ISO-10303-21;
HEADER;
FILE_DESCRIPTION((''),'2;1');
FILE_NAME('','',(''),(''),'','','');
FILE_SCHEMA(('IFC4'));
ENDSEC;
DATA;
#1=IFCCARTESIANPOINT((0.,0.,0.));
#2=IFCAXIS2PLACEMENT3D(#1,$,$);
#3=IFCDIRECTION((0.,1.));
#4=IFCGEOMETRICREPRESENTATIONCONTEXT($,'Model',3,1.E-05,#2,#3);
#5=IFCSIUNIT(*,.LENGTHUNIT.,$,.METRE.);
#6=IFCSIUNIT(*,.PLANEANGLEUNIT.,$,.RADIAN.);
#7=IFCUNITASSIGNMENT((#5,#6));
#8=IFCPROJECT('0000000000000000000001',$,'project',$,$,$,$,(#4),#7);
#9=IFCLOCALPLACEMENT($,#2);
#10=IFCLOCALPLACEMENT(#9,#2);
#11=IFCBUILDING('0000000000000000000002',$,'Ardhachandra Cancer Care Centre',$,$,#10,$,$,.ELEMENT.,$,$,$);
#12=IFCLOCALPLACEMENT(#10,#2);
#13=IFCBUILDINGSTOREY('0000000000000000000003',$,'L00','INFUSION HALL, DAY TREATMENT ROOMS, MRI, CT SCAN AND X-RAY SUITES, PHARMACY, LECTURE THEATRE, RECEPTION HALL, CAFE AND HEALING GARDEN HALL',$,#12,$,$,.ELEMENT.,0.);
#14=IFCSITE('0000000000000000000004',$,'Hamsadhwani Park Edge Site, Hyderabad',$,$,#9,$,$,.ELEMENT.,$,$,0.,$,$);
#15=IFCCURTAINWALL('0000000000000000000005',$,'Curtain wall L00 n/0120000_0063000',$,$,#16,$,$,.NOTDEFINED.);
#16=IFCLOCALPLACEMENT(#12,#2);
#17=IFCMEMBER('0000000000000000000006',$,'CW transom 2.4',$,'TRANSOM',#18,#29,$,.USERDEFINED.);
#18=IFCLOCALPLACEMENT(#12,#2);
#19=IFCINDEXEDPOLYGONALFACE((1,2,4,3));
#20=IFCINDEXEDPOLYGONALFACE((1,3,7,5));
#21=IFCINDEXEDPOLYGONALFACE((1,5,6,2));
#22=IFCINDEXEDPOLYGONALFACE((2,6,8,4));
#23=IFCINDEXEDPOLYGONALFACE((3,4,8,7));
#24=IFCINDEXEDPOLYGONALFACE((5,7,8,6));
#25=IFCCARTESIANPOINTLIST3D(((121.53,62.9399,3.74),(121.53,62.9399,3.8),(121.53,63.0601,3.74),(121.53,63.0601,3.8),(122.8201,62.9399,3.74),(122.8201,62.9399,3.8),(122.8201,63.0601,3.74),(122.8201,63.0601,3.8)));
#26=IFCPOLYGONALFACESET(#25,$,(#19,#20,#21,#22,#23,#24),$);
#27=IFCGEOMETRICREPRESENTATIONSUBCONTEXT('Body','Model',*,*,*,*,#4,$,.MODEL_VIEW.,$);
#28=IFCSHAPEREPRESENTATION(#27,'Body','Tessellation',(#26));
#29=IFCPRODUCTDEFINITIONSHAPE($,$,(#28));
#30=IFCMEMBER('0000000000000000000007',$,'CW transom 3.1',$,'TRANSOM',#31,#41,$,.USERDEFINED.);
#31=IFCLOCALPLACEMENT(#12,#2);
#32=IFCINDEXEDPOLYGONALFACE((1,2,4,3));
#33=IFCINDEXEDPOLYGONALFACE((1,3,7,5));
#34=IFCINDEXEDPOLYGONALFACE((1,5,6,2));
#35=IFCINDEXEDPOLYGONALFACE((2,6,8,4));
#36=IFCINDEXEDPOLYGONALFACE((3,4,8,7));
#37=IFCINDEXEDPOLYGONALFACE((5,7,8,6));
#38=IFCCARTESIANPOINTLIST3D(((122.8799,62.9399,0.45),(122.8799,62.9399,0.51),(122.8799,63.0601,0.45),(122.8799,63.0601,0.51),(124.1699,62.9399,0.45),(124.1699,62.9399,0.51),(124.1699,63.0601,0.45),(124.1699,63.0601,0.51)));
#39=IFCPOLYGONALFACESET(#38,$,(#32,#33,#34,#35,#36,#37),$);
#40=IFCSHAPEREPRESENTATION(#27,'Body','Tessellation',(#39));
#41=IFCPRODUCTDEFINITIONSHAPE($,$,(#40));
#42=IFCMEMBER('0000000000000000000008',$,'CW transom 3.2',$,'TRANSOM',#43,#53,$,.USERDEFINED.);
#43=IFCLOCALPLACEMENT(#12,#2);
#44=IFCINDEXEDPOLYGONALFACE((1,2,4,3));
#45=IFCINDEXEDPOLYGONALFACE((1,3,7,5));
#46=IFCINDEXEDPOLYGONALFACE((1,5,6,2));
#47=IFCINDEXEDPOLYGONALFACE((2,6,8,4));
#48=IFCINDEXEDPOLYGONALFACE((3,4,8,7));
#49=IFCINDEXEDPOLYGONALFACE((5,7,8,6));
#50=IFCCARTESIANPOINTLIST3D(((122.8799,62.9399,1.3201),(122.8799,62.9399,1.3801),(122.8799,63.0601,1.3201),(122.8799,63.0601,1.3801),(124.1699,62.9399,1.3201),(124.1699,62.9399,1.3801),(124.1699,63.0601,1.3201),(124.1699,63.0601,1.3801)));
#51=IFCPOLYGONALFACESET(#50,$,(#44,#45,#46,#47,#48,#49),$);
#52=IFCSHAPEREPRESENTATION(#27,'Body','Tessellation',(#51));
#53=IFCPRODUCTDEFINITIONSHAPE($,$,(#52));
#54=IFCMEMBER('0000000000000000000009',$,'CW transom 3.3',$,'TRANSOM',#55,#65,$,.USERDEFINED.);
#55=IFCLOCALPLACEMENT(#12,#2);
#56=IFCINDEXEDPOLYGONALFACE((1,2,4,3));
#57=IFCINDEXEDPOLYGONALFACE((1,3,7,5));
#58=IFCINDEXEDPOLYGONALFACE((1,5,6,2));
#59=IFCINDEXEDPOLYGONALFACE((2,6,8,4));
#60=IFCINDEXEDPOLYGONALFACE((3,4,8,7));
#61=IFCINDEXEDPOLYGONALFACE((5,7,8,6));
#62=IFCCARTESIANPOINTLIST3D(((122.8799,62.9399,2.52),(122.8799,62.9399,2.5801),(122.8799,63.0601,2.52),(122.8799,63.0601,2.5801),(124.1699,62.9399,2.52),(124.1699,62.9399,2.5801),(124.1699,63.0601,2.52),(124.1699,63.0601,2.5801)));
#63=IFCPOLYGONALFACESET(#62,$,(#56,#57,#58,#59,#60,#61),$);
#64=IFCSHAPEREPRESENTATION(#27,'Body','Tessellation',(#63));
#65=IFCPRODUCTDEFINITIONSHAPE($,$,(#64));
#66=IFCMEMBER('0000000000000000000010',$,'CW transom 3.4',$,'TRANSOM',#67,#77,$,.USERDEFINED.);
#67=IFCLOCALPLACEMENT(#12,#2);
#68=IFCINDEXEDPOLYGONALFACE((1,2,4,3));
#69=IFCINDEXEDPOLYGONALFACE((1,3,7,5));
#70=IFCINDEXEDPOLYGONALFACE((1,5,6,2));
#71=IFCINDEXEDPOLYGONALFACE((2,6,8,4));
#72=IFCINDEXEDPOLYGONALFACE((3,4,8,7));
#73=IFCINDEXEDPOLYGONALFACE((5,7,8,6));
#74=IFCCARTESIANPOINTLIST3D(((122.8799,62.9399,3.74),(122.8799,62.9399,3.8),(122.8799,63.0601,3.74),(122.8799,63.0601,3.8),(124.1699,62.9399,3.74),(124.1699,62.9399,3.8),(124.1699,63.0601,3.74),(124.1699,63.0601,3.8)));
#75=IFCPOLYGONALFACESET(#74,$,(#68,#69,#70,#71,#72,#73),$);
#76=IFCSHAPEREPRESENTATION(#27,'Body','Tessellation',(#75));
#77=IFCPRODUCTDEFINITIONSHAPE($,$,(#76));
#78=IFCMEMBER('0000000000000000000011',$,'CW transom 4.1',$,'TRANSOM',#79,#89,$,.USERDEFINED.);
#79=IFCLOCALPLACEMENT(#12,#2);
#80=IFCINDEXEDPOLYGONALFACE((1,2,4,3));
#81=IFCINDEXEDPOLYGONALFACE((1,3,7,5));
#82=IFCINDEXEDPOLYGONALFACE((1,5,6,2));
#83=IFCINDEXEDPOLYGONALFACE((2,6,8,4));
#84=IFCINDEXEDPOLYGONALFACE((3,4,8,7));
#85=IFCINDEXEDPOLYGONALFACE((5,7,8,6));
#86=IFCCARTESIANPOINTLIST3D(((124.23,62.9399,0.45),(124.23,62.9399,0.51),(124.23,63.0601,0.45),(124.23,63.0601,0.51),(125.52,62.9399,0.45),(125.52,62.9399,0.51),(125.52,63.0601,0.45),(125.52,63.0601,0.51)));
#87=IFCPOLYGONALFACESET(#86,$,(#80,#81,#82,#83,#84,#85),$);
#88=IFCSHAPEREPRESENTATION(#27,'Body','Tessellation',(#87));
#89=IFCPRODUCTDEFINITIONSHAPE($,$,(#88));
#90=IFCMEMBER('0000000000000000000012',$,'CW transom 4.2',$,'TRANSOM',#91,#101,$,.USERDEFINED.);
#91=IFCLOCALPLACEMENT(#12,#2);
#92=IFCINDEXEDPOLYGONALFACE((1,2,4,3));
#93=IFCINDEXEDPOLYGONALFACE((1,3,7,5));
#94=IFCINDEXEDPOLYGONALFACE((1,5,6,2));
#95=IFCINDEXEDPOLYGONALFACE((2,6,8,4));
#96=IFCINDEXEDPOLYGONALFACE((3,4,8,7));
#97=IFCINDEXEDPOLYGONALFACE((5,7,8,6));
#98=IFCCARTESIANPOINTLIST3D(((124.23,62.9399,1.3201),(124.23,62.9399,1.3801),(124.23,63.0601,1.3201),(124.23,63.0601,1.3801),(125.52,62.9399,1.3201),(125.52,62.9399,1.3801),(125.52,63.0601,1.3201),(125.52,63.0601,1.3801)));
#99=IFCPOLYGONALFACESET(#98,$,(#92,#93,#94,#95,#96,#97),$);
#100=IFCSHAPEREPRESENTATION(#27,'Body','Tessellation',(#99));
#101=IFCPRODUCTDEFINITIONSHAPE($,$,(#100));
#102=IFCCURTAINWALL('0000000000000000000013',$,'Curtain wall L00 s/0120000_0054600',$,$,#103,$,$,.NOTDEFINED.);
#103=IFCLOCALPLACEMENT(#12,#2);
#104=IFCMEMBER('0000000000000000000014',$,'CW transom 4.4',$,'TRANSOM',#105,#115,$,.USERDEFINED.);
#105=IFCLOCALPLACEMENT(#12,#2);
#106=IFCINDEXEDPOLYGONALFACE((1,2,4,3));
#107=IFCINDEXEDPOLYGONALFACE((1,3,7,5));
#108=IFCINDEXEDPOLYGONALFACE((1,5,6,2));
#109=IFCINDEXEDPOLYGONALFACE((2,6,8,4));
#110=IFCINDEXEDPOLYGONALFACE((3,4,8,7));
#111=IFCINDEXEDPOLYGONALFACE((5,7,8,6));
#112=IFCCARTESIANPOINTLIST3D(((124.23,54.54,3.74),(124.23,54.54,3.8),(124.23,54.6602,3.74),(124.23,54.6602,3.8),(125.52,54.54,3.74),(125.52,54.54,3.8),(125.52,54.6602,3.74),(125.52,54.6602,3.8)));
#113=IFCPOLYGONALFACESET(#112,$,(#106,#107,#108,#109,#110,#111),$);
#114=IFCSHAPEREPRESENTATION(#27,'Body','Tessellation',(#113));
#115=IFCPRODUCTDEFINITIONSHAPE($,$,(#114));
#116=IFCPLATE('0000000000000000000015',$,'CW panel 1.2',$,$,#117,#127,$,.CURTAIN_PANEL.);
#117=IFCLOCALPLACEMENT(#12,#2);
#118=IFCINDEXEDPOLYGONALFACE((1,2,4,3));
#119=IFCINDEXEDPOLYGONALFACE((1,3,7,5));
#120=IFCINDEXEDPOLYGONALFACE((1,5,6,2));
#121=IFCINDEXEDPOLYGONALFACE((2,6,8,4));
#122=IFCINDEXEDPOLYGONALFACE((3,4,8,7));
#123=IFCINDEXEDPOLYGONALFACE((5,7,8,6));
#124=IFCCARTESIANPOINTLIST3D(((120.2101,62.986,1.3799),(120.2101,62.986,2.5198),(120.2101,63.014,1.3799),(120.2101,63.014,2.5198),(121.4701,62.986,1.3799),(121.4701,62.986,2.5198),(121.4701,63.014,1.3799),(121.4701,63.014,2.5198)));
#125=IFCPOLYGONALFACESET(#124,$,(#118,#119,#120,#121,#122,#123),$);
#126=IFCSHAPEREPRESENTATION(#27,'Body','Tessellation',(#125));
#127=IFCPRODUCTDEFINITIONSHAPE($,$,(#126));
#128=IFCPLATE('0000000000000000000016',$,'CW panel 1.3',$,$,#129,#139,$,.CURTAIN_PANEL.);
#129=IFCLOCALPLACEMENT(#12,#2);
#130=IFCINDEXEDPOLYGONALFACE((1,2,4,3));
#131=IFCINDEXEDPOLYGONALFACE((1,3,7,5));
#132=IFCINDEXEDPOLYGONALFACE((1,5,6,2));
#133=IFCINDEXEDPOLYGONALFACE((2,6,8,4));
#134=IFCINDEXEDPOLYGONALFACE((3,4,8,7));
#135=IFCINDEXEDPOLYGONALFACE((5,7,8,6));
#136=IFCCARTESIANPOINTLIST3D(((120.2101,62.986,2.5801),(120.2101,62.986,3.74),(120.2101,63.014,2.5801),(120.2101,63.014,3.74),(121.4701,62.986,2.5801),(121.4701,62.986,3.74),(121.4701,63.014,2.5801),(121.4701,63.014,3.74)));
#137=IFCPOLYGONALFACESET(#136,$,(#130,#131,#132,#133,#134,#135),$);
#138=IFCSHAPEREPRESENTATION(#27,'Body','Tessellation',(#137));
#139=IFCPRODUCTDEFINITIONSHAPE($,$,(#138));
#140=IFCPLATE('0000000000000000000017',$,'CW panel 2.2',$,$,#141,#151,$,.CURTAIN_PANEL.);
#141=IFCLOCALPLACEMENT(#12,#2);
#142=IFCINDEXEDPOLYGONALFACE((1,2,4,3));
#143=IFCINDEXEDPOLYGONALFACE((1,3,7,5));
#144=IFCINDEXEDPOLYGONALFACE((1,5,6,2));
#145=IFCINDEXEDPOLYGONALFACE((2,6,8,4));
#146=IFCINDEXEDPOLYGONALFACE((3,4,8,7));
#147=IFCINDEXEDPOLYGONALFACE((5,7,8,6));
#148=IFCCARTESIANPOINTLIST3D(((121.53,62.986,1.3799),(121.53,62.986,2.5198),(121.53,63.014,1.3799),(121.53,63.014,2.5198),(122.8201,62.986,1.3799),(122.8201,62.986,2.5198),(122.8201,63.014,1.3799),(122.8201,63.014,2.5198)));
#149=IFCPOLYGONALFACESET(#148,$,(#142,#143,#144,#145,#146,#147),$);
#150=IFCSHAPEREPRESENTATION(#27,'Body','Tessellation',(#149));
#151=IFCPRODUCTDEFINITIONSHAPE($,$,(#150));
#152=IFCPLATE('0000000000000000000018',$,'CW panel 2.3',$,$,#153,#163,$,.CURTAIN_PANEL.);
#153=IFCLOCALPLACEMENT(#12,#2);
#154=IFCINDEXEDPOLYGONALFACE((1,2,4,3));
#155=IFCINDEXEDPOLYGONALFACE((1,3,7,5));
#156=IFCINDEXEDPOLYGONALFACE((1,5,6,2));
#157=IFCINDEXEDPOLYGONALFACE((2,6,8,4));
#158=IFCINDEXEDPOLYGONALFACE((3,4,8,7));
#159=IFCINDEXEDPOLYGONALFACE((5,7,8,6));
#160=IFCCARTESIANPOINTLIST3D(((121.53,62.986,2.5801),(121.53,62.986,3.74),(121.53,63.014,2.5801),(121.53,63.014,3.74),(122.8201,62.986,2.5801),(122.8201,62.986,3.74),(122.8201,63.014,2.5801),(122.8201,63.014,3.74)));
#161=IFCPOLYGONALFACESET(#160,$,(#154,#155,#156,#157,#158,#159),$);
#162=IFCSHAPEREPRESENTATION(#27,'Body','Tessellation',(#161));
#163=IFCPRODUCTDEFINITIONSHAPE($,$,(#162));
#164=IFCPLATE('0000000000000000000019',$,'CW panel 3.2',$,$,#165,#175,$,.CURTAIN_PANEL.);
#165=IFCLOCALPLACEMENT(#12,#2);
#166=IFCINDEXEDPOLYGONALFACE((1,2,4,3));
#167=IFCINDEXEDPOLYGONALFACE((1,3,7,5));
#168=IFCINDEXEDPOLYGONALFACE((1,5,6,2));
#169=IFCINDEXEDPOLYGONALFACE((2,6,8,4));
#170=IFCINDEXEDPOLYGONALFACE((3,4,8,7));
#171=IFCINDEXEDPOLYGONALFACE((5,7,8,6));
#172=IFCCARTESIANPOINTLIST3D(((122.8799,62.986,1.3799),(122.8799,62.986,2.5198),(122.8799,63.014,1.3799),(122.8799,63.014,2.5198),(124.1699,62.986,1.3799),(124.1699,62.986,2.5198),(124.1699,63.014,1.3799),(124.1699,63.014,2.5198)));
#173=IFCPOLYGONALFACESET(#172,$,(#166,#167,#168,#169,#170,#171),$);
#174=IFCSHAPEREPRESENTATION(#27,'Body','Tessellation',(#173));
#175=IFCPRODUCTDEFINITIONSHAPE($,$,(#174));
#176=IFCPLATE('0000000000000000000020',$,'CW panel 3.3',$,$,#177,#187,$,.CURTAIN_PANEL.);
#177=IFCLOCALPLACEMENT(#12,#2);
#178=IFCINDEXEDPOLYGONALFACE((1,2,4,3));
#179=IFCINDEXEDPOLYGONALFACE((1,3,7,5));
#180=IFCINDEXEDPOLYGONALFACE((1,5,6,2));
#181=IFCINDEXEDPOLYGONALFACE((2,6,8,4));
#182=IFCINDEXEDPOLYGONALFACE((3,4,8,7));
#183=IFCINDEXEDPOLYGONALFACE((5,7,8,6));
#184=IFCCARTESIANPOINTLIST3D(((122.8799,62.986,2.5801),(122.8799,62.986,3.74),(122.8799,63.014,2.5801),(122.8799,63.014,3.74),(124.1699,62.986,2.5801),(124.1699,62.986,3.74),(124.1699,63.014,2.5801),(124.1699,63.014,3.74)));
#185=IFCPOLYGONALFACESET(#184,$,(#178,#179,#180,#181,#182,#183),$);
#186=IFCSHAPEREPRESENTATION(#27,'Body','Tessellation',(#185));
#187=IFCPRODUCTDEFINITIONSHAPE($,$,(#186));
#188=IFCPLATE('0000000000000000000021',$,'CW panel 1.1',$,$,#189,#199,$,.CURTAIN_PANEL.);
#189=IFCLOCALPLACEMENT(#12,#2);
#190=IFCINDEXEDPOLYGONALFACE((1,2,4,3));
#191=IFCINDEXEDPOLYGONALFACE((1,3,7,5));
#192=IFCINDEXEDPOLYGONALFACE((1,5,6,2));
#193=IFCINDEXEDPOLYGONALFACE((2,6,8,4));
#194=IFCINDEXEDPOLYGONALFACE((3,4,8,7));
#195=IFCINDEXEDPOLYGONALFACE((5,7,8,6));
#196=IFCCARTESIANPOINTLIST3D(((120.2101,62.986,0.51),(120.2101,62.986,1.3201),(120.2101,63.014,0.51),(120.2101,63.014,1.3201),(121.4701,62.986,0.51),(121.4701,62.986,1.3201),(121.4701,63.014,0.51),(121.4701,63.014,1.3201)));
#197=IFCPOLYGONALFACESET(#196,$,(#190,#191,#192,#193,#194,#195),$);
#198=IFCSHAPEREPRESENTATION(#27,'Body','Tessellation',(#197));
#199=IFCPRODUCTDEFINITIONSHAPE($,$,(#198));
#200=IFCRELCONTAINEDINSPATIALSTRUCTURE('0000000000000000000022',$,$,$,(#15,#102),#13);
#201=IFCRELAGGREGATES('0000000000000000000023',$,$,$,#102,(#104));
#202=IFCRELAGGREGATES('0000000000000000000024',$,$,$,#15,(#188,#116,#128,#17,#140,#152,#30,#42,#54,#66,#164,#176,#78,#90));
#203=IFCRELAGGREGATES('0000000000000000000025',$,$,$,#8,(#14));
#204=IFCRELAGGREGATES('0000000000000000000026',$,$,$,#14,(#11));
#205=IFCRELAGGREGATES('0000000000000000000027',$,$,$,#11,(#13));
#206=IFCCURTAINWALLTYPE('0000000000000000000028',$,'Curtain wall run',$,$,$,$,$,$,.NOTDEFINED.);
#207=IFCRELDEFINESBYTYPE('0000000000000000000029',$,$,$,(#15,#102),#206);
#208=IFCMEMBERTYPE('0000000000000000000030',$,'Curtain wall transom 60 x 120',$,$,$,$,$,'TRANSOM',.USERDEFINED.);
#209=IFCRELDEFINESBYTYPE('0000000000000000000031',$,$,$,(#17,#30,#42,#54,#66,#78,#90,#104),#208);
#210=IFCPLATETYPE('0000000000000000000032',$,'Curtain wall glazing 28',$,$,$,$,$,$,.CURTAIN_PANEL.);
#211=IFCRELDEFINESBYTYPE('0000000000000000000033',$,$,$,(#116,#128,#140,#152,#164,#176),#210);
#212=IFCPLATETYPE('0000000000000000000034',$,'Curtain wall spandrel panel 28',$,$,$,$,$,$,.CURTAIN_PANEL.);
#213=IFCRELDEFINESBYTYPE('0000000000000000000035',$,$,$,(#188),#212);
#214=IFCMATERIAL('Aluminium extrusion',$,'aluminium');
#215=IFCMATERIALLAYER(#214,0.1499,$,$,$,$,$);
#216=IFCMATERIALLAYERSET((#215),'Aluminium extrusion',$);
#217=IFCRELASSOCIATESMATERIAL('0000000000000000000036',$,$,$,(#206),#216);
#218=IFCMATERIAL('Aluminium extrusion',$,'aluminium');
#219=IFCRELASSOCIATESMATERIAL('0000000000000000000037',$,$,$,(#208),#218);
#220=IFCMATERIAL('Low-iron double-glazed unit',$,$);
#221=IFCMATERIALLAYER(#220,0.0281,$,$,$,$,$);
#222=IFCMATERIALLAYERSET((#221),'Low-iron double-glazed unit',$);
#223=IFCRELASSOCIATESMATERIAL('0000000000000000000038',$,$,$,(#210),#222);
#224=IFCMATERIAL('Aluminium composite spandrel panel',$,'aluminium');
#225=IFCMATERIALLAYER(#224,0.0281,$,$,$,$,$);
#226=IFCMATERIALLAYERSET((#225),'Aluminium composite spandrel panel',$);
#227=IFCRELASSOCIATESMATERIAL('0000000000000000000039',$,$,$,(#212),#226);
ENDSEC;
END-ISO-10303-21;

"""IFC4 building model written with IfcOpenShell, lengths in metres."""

from ifc_helpers import new_model, si_unit, direction, frame, origin, origin_2d, place, context, subcontext, project, spatial, rectangle, extrude, material, layer, layer_set, material_profile, profile_set, type_object, element, aggregate, save


model = new_model("IFC4")

# Units and contexts
model_context = context("Model", 3, precision=1e-05, world=origin(), true_north=direction((0.0, 1.0)))
body_context = subcontext(model_context, "Body", "Model", "MODEL_VIEW")
ifc_project = project(units=[si_unit("LENGTHUNIT", "METRE"), si_unit("PLANEANGLEUNIT", "RADIAN")], contexts=[model_context])

# Site, building, storey
site_placement = place(None, origin())
site = spatial("IfcSite", under=ifc_project, at=site_placement, Name="Hamsadhwani Park Edge Site, Hyderabad", CompositionType="ELEMENT", RefElevation=0.0)
building_placement = place(site_placement, origin())
building = spatial("IfcBuilding", under=site, at=building_placement, Name="Ardhachandra Cancer Care Centre", CompositionType="ELEMENT")
storey_placement = place(building_placement, origin())
storey = spatial("IfcBuildingStorey", under=building, at=storey_placement, Name="L00", Description="INFUSION HALL, DAY TREATMENT ROOMS, MRI, CT SCAN AND X-RAY SUITES, PHARMACY, LECTURE THEATRE, RECEPTION HALL, CAFE AND HEALING GARDEN HALL", CompositionType="ELEMENT", Elevation=0.0)

# Curtain wall, members
ifc_material_1 = material(Name="Aluminium extrusion", Category="aluminium")
ifc_layer_1 = layer(ifc_material_1, 0.1499)
ifc_layer_set_1 = layer_set([ifc_layer_1], Name="Aluminium extrusion")
curtain_wall_type = type_object("IfcCurtainWallType", Name="Curtain wall run", PredefinedType="NOTDEFINED", material=ifc_layer_set_1)
curtain_wall_1_placement = place(storey_placement, origin())
curtain_wall_1 = element("IfcCurtainWall", 1, at=curtain_wall_1_placement, inside=storey, type_object=curtain_wall_type, Name="Curtain wall L00 n/0120000_0063000", PredefinedType="NOTDEFINED")
ifc_material_2 = material(Name="Aluminium extrusion", Category="aluminium")
ifc_material_profile_1 = material_profile(ifc_material_2, rectangle(XDim=0.1201, YDim=0.0601, at=origin_2d()), Name="Curtain wall transom 60 x 120")
ifc_profile_set_1 = profile_set([ifc_material_profile_1], Name="Aluminium extrusion")
member_type_1 = type_object("IfcMemberType", Name="Curtain wall transom 60 x 120", ElementType="TRANSOM", PredefinedType="USERDEFINED", material=ifc_profile_set_1)
member_1_placement = place(storey_placement, frame((121.53, 63.0, 3.77), z_axis=(1.0, 0.0, 0.0), x_axis=(0.0, 1.0, 0.0)))
member_1 = element("IfcMember", 2, at=member_1_placement, type_object=member_type_1, Name="CW transom 2.4", ObjectType="TRANSOM", PredefinedType="USERDEFINED", context=body_context, shape_type="SweptSolid", body=[
    extrude(rectangle(XDim=0.1201, YDim=0.0601, at=origin_2d()), origin(), (0.0, 0.0, 1.0), 1.29),
])
member_2_placement = place(storey_placement, frame((122.8799, 63.0, 0.48), z_axis=(1.0, 0.0, 0.0), x_axis=(0.0, 1.0, 0.0)))
member_2 = element("IfcMember", 3, at=member_2_placement, type_object=member_type_1, Name="CW transom 3.1", ObjectType="TRANSOM", PredefinedType="USERDEFINED", context=body_context, shape_type="SweptSolid", body=[
    extrude(rectangle(XDim=0.1201, YDim=0.0601, at=origin_2d()), origin(), (0.0, 0.0, 1.0), 1.29),
])
member_3_placement = place(storey_placement, frame((122.8799, 63.0, 1.3501), z_axis=(1.0, 0.0, 0.0), x_axis=(0.0, 1.0, 0.0)))
member_3 = element("IfcMember", 4, at=member_3_placement, type_object=member_type_1, Name="CW transom 3.2", ObjectType="TRANSOM", PredefinedType="USERDEFINED", context=body_context, shape_type="SweptSolid", body=[
    extrude(rectangle(XDim=0.1201, YDim=0.0601, at=origin_2d()), origin(), (0.0, 0.0, 1.0), 1.29),
])
member_4_placement = place(storey_placement, frame((122.8799, 63.0, 2.55), z_axis=(1.0, 0.0, 0.0), x_axis=(0.0, 1.0, 0.0)))
member_4 = element("IfcMember", 5, at=member_4_placement, type_object=member_type_1, Name="CW transom 3.3", ObjectType="TRANSOM", PredefinedType="USERDEFINED", context=body_context, shape_type="SweptSolid", body=[
    extrude(rectangle(XDim=0.1201, YDim=0.0601, at=origin_2d()), origin(), (0.0, 0.0, 1.0), 1.29),
])
member_5_placement = place(storey_placement, frame((122.8799, 63.0, 3.77), z_axis=(1.0, 0.0, 0.0), x_axis=(0.0, 1.0, 0.0)))
member_5 = element("IfcMember", 6, at=member_5_placement, type_object=member_type_1, Name="CW transom 3.4", ObjectType="TRANSOM", PredefinedType="USERDEFINED", context=body_context, shape_type="SweptSolid", body=[
    extrude(rectangle(XDim=0.1201, YDim=0.0601, at=origin_2d()), origin(), (0.0, 0.0, 1.0), 1.29),
])
member_6_placement = place(storey_placement, frame((124.23, 63.0, 0.48), z_axis=(1.0, 0.0, 0.0), x_axis=(0.0, 1.0, 0.0)))
member_6 = element("IfcMember", 7, at=member_6_placement, type_object=member_type_1, Name="CW transom 4.1", ObjectType="TRANSOM", PredefinedType="USERDEFINED", context=body_context, shape_type="SweptSolid", body=[
    extrude(rectangle(XDim=0.1201, YDim=0.0601, at=origin_2d()), origin(), (0.0, 0.0, 1.0), 1.29),
])
member_7_placement = place(storey_placement, frame((124.23, 63.0, 1.3501), z_axis=(1.0, 0.0, 0.0), x_axis=(0.0, 1.0, 0.0)))
member_7 = element("IfcMember", 8, at=member_7_placement, type_object=member_type_1, Name="CW transom 4.2", ObjectType="TRANSOM", PredefinedType="USERDEFINED", context=body_context, shape_type="SweptSolid", body=[
    extrude(rectangle(XDim=0.1201, YDim=0.0601, at=origin_2d()), origin(), (0.0, 0.0, 1.0), 1.29),
])

# Curtain wall, member
curtain_wall_2_placement = place(storey_placement, origin())
curtain_wall_2 = element("IfcCurtainWall", 9, at=curtain_wall_2_placement, inside=storey, type_object=curtain_wall_type, Name="Curtain wall L00 s/0120000_0054600", PredefinedType="NOTDEFINED")
member_8_placement = place(storey_placement, frame((124.23, 54.6001, 3.77), z_axis=(1.0, 0.0, 0.0), x_axis=(0.0, 1.0, 0.0)))
member_8 = element("IfcMember", 10, at=member_8_placement, type_object=member_type_1, Name="CW transom 4.4", ObjectType="TRANSOM", PredefinedType="USERDEFINED", context=body_context, shape_type="SweptSolid", body=[
    extrude(rectangle(XDim=0.1201, YDim=0.0601, at=origin_2d()), origin(), (0.0, 0.0, 1.0), 1.29),
])
aggregate(curtain_wall_2, [member_8])

# Plates
ifc_material_3 = material(Name="Low-iron double-glazed unit")
ifc_layer_2 = layer(ifc_material_3, 0.0281)
ifc_layer_set_2 = layer_set([ifc_layer_2], Name="Low-iron double-glazed unit")
plate_type_1 = type_object("IfcPlateType", Name="Curtain wall glazing 28", PredefinedType="CURTAIN_PANEL", material=ifc_layer_set_2)
plate_1_placement = place(storey_placement, frame((120.8401, 63.0, 1.3799), z_axis=(0.0, 0.0, 1.0), x_axis=(1.0, 0.0, 0.0)))
plate_1 = element("IfcPlate", 11, at=plate_1_placement, type_object=plate_type_1, Name="CW panel 1.2", PredefinedType="CURTAIN_PANEL", context=body_context, shape_type="SweptSolid", body=[
    extrude(rectangle(XDim=1.26, YDim=0.0281, at=origin_2d()), origin(), (0.0, 0.0, 1.0), 1.1399),
])
plate_2_placement = place(storey_placement, frame((120.8401, 63.0, 2.5801), z_axis=(0.0, 0.0, 1.0), x_axis=(1.0, 0.0, 0.0)))
plate_2 = element("IfcPlate", 12, at=plate_2_placement, type_object=plate_type_1, Name="CW panel 1.3", PredefinedType="CURTAIN_PANEL", context=body_context, shape_type="SweptSolid", body=[
    extrude(rectangle(XDim=1.26, YDim=0.0281, at=origin_2d()), origin(), (0.0, 0.0, 1.0), 1.1599),
])
plate_3_placement = place(storey_placement, frame((122.175, 63.0, 1.3799), z_axis=(0.0, 0.0, 1.0), x_axis=(1.0, 0.0, 0.0)))
plate_3 = element("IfcPlate", 13, at=plate_3_placement, type_object=plate_type_1, Name="CW panel 2.2", PredefinedType="CURTAIN_PANEL", context=body_context, shape_type="SweptSolid", body=[
    extrude(rectangle(XDim=1.29, YDim=0.0281, at=origin_2d()), origin(), (0.0, 0.0, 1.0), 1.1399),
])
plate_4_placement = place(storey_placement, frame((122.175, 63.0, 2.5801), z_axis=(0.0, 0.0, 1.0), x_axis=(1.0, 0.0, 0.0)))
plate_4 = element("IfcPlate", 14, at=plate_4_placement, type_object=plate_type_1, Name="CW panel 2.3", PredefinedType="CURTAIN_PANEL", context=body_context, shape_type="SweptSolid", body=[
    extrude(rectangle(XDim=1.29, YDim=0.0281, at=origin_2d()), origin(), (0.0, 0.0, 1.0), 1.1599),
])
plate_5_placement = place(storey_placement, frame((123.5249, 63.0, 1.3799), z_axis=(0.0, 0.0, 1.0), x_axis=(1.0, 0.0, 0.0)))
plate_5 = element("IfcPlate", 15, at=plate_5_placement, type_object=plate_type_1, Name="CW panel 3.2", PredefinedType="CURTAIN_PANEL", context=body_context, shape_type="SweptSolid", body=[
    extrude(rectangle(XDim=1.29, YDim=0.0281, at=origin_2d()), origin(), (0.0, 0.0, 1.0), 1.1399),
])
plate_6_placement = place(storey_placement, frame((123.5249, 63.0, 2.5801), z_axis=(0.0, 0.0, 1.0), x_axis=(1.0, 0.0, 0.0)))
plate_6 = element("IfcPlate", 16, at=plate_6_placement, type_object=plate_type_1, Name="CW panel 3.3", PredefinedType="CURTAIN_PANEL", context=body_context, shape_type="SweptSolid", body=[
    extrude(rectangle(XDim=1.29, YDim=0.0281, at=origin_2d()), origin(), (0.0, 0.0, 1.0), 1.1599),
])
ifc_material_4 = material(Name="Aluminium composite spandrel panel", Category="aluminium")
ifc_layer_3 = layer(ifc_material_4, 0.0281)
ifc_layer_set_3 = layer_set([ifc_layer_3], Name="Aluminium composite spandrel panel")
plate_type_2 = type_object("IfcPlateType", Name="Curtain wall spandrel panel 28", PredefinedType="CURTAIN_PANEL", material=ifc_layer_set_3)
plate_7_placement = place(storey_placement, frame((120.8401, 63.0, 0.51), z_axis=(0.0, 0.0, 1.0), x_axis=(1.0, 0.0, 0.0)))
plate_7 = element("IfcPlate", 17, at=plate_7_placement, type_object=plate_type_2, Name="CW panel 1.1", PredefinedType="CURTAIN_PANEL", context=body_context, shape_type="SweptSolid", body=[
    extrude(rectangle(XDim=1.26, YDim=0.0281, at=origin_2d()), origin(), (0.0, 0.0, 1.0), 0.8101),
])
aggregate(curtain_wall_1, [plate_7, plate_1, plate_2, member_1, plate_3, plate_4, member_2, member_3, member_4, member_5, plate_5, plate_6, member_6, member_7])

save(model, "model.ifc")
